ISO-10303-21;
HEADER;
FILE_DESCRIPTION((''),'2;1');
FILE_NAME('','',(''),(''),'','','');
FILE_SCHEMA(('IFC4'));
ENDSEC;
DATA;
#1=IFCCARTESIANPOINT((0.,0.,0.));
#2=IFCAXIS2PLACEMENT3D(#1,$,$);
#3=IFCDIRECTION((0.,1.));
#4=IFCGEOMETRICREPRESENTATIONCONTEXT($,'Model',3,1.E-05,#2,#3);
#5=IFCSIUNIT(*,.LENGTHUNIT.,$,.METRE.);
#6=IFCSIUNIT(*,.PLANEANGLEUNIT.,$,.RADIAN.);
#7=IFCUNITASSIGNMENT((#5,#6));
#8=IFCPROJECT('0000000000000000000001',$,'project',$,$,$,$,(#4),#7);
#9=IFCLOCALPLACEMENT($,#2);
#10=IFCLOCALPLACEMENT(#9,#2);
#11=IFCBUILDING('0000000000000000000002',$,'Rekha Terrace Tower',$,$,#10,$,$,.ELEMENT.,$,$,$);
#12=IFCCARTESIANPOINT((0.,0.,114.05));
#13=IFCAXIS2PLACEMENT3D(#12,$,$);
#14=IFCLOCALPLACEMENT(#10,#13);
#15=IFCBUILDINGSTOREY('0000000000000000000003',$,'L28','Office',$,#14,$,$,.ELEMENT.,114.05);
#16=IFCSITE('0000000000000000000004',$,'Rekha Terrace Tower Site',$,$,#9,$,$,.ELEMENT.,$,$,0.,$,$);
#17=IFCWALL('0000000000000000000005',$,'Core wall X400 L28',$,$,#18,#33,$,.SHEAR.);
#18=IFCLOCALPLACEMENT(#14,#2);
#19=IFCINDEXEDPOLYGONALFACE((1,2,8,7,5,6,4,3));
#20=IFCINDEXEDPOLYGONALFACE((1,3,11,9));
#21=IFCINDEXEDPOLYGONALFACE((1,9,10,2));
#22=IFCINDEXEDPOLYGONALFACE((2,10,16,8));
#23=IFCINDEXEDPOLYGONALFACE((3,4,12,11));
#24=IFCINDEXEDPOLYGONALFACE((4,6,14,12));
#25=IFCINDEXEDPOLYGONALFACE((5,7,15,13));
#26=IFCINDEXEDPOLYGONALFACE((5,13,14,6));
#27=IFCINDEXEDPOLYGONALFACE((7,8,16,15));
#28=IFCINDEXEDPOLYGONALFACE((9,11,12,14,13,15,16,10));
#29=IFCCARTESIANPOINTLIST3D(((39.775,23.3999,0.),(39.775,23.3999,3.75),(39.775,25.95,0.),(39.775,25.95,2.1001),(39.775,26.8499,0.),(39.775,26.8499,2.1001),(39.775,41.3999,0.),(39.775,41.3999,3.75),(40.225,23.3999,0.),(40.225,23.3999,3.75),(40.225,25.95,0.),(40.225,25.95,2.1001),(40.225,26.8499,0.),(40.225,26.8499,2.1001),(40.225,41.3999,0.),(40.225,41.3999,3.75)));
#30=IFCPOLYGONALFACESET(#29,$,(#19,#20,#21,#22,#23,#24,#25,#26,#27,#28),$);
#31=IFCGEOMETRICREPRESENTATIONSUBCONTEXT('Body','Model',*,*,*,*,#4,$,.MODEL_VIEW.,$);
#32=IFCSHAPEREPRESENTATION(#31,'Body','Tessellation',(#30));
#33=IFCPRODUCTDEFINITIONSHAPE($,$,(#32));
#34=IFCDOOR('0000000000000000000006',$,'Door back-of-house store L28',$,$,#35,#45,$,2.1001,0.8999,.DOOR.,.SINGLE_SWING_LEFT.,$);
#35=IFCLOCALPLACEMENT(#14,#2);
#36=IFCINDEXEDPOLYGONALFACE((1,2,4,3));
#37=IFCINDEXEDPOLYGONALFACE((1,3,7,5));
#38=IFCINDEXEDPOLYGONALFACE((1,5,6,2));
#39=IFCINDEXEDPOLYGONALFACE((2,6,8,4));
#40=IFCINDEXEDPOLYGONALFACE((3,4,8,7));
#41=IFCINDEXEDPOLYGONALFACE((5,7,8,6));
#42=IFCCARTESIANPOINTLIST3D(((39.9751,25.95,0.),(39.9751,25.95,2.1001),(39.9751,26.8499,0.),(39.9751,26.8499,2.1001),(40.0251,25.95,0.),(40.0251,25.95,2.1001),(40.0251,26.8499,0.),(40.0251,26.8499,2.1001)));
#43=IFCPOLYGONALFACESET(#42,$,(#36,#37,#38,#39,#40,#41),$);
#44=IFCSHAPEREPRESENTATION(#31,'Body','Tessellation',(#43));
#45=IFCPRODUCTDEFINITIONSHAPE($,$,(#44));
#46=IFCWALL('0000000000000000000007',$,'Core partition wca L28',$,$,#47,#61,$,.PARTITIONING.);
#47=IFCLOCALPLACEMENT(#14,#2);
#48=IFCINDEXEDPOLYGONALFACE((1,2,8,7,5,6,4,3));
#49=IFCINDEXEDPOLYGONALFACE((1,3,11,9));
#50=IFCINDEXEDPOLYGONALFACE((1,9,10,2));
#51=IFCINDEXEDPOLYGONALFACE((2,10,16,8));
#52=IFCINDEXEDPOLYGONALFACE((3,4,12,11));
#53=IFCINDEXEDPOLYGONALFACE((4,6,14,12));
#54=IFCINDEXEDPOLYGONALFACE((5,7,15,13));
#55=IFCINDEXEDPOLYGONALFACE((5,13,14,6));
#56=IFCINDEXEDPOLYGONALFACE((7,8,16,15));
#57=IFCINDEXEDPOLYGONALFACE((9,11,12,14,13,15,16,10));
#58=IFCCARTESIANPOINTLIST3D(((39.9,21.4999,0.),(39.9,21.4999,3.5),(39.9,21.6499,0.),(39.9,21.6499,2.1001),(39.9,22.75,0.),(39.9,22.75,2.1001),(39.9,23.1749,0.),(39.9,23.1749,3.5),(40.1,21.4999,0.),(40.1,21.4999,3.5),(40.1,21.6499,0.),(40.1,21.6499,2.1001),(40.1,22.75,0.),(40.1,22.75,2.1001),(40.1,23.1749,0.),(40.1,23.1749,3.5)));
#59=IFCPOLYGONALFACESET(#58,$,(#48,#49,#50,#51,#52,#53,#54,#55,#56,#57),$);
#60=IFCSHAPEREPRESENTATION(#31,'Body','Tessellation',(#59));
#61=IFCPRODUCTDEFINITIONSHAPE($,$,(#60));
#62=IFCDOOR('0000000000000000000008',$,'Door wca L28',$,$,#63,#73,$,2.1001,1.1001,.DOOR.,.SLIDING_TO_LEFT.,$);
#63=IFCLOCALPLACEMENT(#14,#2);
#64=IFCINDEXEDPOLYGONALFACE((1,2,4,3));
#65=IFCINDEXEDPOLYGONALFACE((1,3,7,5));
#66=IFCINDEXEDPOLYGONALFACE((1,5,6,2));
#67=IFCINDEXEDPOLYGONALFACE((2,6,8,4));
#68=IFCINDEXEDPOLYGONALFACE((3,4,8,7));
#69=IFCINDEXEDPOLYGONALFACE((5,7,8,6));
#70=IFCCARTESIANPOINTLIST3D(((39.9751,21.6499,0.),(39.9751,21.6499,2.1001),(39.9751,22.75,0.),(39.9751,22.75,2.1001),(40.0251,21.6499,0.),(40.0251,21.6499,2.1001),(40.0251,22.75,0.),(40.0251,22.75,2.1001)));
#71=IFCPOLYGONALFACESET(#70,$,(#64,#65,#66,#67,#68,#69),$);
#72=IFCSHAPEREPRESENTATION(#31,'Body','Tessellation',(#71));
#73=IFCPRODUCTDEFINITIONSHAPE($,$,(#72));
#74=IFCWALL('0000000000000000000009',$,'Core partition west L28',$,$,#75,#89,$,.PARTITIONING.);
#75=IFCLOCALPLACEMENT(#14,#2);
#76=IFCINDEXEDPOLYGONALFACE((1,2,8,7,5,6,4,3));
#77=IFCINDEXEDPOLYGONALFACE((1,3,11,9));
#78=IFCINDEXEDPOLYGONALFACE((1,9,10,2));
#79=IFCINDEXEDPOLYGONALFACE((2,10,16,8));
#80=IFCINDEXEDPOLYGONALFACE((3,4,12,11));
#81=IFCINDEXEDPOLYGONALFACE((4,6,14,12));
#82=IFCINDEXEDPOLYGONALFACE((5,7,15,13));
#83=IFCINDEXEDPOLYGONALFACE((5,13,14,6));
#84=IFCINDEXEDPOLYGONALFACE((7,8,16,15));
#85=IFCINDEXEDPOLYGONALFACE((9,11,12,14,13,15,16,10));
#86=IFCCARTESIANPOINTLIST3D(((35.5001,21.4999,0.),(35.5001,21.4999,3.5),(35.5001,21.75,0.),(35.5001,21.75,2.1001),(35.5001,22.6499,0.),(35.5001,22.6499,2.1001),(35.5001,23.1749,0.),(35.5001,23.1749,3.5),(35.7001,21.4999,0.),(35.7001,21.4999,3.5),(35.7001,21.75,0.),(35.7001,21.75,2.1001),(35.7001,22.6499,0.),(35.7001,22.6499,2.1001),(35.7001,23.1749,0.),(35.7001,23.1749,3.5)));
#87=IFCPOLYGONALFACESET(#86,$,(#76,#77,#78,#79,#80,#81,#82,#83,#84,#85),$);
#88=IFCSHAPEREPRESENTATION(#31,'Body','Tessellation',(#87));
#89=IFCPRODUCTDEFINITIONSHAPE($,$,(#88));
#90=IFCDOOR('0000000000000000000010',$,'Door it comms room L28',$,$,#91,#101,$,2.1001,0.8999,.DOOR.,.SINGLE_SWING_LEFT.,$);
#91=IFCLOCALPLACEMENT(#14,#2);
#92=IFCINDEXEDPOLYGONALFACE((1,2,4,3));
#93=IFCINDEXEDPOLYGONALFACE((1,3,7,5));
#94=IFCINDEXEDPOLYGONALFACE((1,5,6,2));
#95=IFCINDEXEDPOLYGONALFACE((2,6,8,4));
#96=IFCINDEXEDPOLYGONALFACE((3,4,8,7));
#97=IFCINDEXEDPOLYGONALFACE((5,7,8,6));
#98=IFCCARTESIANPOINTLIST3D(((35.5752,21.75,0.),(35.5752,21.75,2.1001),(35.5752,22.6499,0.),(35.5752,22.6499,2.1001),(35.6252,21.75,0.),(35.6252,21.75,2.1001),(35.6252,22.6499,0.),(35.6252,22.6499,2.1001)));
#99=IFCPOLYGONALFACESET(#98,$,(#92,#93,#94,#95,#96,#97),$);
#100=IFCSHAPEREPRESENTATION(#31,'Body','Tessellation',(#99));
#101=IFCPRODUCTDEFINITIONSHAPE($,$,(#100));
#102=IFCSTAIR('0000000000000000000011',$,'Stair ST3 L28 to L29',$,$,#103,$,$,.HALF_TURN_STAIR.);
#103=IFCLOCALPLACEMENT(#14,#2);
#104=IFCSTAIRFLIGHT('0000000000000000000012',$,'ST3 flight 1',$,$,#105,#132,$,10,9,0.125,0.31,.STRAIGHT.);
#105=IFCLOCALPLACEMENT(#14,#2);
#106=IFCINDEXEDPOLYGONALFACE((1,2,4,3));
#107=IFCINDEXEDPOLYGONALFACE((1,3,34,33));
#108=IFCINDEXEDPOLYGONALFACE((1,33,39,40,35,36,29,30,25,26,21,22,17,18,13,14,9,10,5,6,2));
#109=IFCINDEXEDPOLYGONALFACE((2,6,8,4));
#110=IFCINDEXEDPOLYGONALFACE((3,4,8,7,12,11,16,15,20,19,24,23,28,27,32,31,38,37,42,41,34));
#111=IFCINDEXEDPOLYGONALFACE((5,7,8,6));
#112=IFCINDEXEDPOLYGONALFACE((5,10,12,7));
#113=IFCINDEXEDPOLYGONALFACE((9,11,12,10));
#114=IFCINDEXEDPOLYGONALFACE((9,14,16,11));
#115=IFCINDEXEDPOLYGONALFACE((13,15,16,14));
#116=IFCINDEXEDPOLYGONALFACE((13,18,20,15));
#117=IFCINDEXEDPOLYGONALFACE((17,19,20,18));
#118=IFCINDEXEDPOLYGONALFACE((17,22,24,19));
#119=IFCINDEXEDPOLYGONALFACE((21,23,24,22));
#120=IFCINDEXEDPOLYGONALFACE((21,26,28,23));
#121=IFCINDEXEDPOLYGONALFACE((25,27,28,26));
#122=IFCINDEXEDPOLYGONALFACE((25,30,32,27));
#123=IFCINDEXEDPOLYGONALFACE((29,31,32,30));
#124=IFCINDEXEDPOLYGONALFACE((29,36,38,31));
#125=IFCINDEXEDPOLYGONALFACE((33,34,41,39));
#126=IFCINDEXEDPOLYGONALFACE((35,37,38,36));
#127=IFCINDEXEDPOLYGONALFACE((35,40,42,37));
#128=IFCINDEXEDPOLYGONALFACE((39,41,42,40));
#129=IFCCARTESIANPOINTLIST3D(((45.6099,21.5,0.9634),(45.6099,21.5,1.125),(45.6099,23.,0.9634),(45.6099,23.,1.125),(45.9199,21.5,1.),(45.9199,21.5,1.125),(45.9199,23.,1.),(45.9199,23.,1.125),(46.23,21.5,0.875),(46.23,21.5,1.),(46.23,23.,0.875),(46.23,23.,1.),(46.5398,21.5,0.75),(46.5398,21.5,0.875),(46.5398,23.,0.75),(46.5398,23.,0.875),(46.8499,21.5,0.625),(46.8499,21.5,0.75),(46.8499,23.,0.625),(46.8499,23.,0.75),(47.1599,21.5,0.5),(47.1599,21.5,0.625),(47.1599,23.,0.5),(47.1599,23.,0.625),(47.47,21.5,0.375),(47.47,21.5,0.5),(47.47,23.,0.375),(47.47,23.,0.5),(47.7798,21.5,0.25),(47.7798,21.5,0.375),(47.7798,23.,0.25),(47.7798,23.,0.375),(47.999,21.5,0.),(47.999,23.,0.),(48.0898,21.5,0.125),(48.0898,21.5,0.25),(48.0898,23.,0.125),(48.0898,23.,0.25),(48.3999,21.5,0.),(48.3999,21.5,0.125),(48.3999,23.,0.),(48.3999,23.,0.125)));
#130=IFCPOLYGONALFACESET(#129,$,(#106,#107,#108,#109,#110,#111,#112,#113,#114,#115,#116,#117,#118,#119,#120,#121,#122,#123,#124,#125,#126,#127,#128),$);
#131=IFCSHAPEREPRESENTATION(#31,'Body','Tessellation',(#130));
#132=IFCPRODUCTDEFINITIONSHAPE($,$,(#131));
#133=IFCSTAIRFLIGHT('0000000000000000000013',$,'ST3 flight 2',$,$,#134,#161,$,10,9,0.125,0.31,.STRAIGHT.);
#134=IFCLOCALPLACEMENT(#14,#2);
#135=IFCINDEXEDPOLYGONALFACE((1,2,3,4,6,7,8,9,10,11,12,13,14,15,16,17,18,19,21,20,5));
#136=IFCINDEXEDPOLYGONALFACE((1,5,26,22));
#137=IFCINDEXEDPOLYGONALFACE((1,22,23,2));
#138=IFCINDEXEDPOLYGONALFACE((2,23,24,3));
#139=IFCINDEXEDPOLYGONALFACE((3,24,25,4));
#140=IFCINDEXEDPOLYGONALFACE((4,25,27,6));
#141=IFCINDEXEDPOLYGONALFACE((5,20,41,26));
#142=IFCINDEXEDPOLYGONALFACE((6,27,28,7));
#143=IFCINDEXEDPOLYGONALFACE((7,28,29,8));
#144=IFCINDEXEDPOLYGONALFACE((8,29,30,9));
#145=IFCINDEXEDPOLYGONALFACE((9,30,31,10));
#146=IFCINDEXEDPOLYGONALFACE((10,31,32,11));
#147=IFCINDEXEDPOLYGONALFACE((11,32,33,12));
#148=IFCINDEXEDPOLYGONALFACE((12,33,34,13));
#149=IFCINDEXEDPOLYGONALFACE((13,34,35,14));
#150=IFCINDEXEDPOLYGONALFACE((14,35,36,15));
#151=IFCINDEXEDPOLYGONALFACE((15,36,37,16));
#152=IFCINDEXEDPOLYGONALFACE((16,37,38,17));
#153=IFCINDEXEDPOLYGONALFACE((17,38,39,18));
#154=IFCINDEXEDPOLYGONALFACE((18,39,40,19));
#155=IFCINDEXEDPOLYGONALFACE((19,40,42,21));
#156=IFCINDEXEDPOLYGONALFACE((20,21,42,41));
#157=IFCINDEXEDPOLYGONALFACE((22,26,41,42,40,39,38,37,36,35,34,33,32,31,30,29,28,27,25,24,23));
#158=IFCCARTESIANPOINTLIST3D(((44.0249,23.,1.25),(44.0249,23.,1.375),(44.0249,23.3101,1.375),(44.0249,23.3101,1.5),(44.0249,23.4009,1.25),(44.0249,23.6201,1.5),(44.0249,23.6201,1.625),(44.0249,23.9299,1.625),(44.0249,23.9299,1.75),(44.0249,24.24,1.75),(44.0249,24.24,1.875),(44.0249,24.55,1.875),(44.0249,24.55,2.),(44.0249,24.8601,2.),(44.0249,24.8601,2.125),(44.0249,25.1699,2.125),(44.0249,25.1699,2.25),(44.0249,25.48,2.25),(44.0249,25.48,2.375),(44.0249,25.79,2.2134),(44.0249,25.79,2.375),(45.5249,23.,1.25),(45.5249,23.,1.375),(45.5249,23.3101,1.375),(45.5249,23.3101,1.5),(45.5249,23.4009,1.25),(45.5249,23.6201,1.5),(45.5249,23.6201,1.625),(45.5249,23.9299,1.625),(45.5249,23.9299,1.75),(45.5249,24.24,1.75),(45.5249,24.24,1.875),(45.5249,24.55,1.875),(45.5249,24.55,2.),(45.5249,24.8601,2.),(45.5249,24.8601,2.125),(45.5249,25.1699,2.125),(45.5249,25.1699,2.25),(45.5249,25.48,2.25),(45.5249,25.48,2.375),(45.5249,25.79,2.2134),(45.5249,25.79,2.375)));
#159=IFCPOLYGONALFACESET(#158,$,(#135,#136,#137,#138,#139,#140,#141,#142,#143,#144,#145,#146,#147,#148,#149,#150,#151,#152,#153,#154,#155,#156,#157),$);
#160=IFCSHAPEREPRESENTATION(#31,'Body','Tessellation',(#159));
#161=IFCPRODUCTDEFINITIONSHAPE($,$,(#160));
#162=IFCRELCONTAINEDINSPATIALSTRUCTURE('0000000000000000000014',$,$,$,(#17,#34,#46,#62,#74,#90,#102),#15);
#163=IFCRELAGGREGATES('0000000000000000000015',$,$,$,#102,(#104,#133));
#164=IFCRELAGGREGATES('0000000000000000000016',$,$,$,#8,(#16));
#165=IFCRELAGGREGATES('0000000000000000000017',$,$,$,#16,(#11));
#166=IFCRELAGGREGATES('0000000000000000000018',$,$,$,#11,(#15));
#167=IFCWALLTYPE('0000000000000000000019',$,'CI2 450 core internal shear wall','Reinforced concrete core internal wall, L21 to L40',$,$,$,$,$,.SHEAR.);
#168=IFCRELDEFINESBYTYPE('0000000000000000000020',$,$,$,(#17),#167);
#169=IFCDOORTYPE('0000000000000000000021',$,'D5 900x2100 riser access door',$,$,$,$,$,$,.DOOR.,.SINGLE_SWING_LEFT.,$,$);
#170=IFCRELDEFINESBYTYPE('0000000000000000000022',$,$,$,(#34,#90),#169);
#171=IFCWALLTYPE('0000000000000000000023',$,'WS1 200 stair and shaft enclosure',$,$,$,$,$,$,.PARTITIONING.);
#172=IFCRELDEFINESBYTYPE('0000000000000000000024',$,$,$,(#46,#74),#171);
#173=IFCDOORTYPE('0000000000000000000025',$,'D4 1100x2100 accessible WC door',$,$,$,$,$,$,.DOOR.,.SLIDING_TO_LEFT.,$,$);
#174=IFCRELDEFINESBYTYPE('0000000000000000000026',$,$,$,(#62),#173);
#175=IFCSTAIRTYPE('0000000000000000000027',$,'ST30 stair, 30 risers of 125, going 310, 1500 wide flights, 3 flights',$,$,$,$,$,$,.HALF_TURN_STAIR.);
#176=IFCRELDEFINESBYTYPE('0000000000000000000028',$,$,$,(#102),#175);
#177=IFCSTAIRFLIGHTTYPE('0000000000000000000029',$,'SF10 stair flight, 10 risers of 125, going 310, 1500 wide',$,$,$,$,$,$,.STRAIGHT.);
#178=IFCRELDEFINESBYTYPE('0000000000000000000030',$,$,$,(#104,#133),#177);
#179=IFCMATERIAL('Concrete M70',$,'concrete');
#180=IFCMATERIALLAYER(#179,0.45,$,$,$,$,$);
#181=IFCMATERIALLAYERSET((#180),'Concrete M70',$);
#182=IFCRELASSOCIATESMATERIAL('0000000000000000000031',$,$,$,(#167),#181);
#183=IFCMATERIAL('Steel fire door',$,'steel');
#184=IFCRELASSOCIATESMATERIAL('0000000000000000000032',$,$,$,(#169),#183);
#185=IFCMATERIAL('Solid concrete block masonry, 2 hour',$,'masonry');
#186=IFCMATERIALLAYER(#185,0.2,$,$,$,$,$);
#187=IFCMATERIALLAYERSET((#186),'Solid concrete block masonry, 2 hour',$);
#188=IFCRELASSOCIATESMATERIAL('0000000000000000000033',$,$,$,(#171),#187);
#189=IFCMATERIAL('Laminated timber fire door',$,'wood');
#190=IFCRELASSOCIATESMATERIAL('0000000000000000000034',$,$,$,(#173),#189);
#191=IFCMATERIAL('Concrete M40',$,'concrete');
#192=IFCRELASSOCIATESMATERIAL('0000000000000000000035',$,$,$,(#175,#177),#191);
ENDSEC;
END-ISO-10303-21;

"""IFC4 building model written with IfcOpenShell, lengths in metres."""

from ifc_helpers import new_model, si_unit, direction, frame, frame_2d, origin, place, context, subcontext, project, spatial, polyline, rectangle, outline, extrude, material, layer, layer_set, type_object, element, fill, aggregate, save


model = new_model("IFC4")

# Units and contexts
model_context = context("Model", 3, precision=1e-05, world=origin(), true_north=direction((0.0, 1.0)))
body_context = subcontext(model_context, "Body", "Model", "MODEL_VIEW")
ifc_project = project(units=[si_unit("LENGTHUNIT", "METRE"), si_unit("PLANEANGLEUNIT", "RADIAN")], contexts=[model_context])

# Site, building, storey
site_placement = place(None, origin())
site = spatial("IfcSite", under=ifc_project, at=site_placement, Name="Rekha Terrace Tower Site", CompositionType="ELEMENT", RefElevation=0.0)
building_placement = place(site_placement, origin())
building = spatial("IfcBuilding", under=site, at=building_placement, Name="Rekha Terrace Tower", CompositionType="ELEMENT")
storey_placement = place(building_placement, frame((0.0, 0.0, 114.05)))
storey = spatial("IfcBuildingStorey", under=building, at=storey_placement, Name="L28", Description="Office", CompositionType="ELEMENT", Elevation=114.05)

# Shared definitions
ifc_material_1 = material(Name="Concrete M70", Category="concrete")
ifc_layer_1 = layer(ifc_material_1, 0.45)
ifc_layer_set_1 = layer_set([ifc_layer_1], Name="Concrete M70")
wall_type_1 = type_object("IfcWallType", Name="CI2 450 core internal shear wall", Description="Reinforced concrete core internal wall, L21 to L40", PredefinedType="SHEAR", material=ifc_layer_set_1)

# Walls, openings, doors
wall_1_placement = place(storey_placement, frame((40.0, 23.3999, 0.0), z_axis=(0.0, 0.0, 1.0), x_axis=(0.0, 1.0, 0.0)))
wall_1 = element("IfcWall", 1, at=wall_1_placement, inside=storey, type_object=wall_type_1, Name="Core wall X400 L28", PredefinedType="SHEAR", context=body_context, shape_type="SweptSolid", body=[
    extrude(rectangle(XDim=18.0, YDim=0.45, at=frame_2d((9.0, 0.0))), origin(), (0.0, 0.0, 1.0), 3.75),
])
opening_1_placement = place(wall_1_placement, frame((2.55, 0.0, 0.0)))
opening_1 = element("IfcOpeningElement", 2, at=opening_1_placement, cuts=wall_1, PredefinedType="OPENING", context=body_context, shape_type="SweptSolid", body=[
    extrude(rectangle(XDim=0.8999, YDim=2.1001, at=frame_2d((0.45, 1.05))), frame((0.0, 0.2349, 0.0), z_axis=(0.0, -1.0, 0.0), x_axis=(1.0, 0.0, 0.0)), (0.0, 0.0, 1.0), 0.47),
])
ifc_material_2 = material(Name="Steel fire door", Category="steel")
door_type_1 = type_object("IfcDoorType", Name="D5 900x2100 riser access door", OperationType="SINGLE_SWING_LEFT", PredefinedType="DOOR", material=ifc_material_2)
door_1_placement = place(opening_1_placement, origin())
door_1 = element("IfcDoor", 3, at=door_1_placement, inside=storey, type_object=door_type_1, Name="Door back-of-house store L28", OperationType="SINGLE_SWING_LEFT", OverallHeight=2.1001, OverallWidth=0.8999, PredefinedType="DOOR", context=body_context, shape_type="SweptSolid", body=[
    extrude(rectangle(XDim=0.8999, YDim=2.1001, at=frame_2d((0.45, 1.05))), frame((0.0, 0.0249, 0.0), z_axis=(0.0, -1.0, 0.0), x_axis=(1.0, 0.0, 0.0)), (0.0, 0.0, 1.0), 0.05),
])
fill(opening_1, door_1)
ifc_material_3 = material(Name="Solid concrete block masonry, 2 hour", Category="masonry")
ifc_layer_2 = layer(ifc_material_3, 0.2)
ifc_layer_set_2 = layer_set([ifc_layer_2], Name="Solid concrete block masonry, 2 hour")
wall_type_2 = type_object("IfcWallType", Name="WS1 200 stair and shaft enclosure", PredefinedType="PARTITIONING", material=ifc_layer_set_2)
wall_2_placement = place(storey_placement, frame((40.0, 21.5, 0.0), z_axis=(0.0, 0.0, 1.0), x_axis=(0.0, 1.0, 0.0)))
wall_2 = element("IfcWall", 4, at=wall_2_placement, inside=storey, type_object=wall_type_2, Name="Core partition wca L28", PredefinedType="PARTITIONING", context=body_context, shape_type="SweptSolid", body=[
    extrude(rectangle(XDim=1.675, YDim=0.2, at=frame_2d((0.8374, 0.0))), origin(), (0.0, 0.0, 1.0), 3.5),
])
opening_2_placement = place(wall_2_placement, frame((0.1499, 0.0, 0.0)))
opening_2 = element("IfcOpeningElement", 5, at=opening_2_placement, cuts=wall_2, PredefinedType="OPENING", context=body_context, shape_type="SweptSolid", body=[
    extrude(rectangle(XDim=1.1001, YDim=2.1001, at=frame_2d((0.55, 1.05))), frame((0.0, 0.1099, 0.0), z_axis=(0.0, -1.0, 0.0), x_axis=(1.0, 0.0, 0.0)), (0.0, 0.0, 1.0), 0.22),
])
ifc_material_4 = material(Name="Laminated timber fire door", Category="wood")
door_type_2 = type_object("IfcDoorType", Name="D4 1100x2100 accessible WC door", OperationType="SLIDING_TO_LEFT", PredefinedType="DOOR", material=ifc_material_4)
door_2_placement = place(opening_2_placement, origin())
door_2 = element("IfcDoor", 6, at=door_2_placement, inside=storey, type_object=door_type_2, Name="Door wca L28", OperationType="SLIDING_TO_LEFT", OverallHeight=2.1001, OverallWidth=1.1001, PredefinedType="DOOR", context=body_context, shape_type="SweptSolid", body=[
    extrude(rectangle(XDim=1.1001, YDim=2.1001, at=frame_2d((0.55, 1.05))), frame((0.0, 0.0249, 0.0), z_axis=(0.0, -1.0, 0.0), x_axis=(1.0, 0.0, 0.0)), (0.0, 0.0, 1.0), 0.05),
])
fill(opening_2, door_2)
wall_3_placement = place(storey_placement, frame((35.6001, 21.5, 0.0), z_axis=(0.0, 0.0, 1.0), x_axis=(0.0, 1.0, 0.0)))
wall_3 = element("IfcWall", 7, at=wall_3_placement, inside=storey, type_object=wall_type_2, Name="Core partition west L28", PredefinedType="PARTITIONING", context=body_context, shape_type="SweptSolid", body=[
    extrude(rectangle(XDim=1.675, YDim=0.2, at=frame_2d((0.8374, 0.0))), origin(), (0.0, 0.0, 1.0), 3.5),
])
opening_3_placement = place(wall_3_placement, frame((0.25, 0.0, 0.0)))
opening_3 = element("IfcOpeningElement", 8, at=opening_3_placement, cuts=wall_3, PredefinedType="OPENING", context=body_context, shape_type="SweptSolid", body=[
    extrude(rectangle(XDim=0.8999, YDim=2.1001, at=frame_2d((0.45, 1.05))), frame((0.0, 0.1099, 0.0), z_axis=(0.0, -1.0, 0.0), x_axis=(1.0, 0.0, 0.0)), (0.0, 0.0, 1.0), 0.22),
])
door_3_placement = place(opening_3_placement, origin())
door_3 = element("IfcDoor", 9, at=door_3_placement, inside=storey, type_object=door_type_1, Name="Door it comms room L28", OperationType="SINGLE_SWING_LEFT", OverallHeight=2.1001, OverallWidth=0.8999, PredefinedType="DOOR", context=body_context, shape_type="SweptSolid", body=[
    extrude(rectangle(XDim=0.8999, YDim=2.1001, at=frame_2d((0.45, 1.05))), frame((0.0, 0.0249, 0.0), z_axis=(0.0, -1.0, 0.0), x_axis=(1.0, 0.0, 0.0)), (0.0, 0.0, 1.0), 0.05),
])
fill(opening_3, door_3)

# Stair, stair flights
ifc_material_5 = material(Name="Concrete M40", Category="concrete")
stair_type = type_object("IfcStairType", Name="ST30 stair, 30 risers of 125, going 310, 1500 wide flights, 3 flights", PredefinedType="HALF_TURN_STAIR", material=ifc_material_5)
stair_placement = place(storey_placement, origin())
stair = element("IfcStair", 10, at=stair_placement, inside=storey, type_object=stair_type, Name="Stair ST3 L28 to L29", PredefinedType="HALF_TURN_STAIR")
stair_flight_type = type_object("IfcStairFlightType", Name="SF10 stair flight, 10 risers of 125, going 310, 1500 wide", PredefinedType="STRAIGHT", material=ifc_material_5)
stair_flight_1_placement = place(storey_placement, frame((48.3999, 22.25, 0.0), z_axis=(0.0, 0.0, 1.0), x_axis=(-1.0, 0.0, 0.0)))
stair_flight_1 = element("IfcStairFlight", 11, at=stair_flight_1_placement, type_object=stair_flight_type, Name="ST3 flight 1", NumberOfRisers=10, NumberOfTreads=9, PredefinedType="STRAIGHT", RiserHeight=0.125, TreadLength=0.31, context=body_context, shape_type="SweptSolid", body=[
    extrude(outline(polyline([(0.0, 0.0), (0.0, 0.125), (0.3101, 0.125), (0.3101, 0.25), (0.6201, 0.25), (0.6201, 0.375), (0.9299, 0.375), (0.9299, 0.5), (1.24, 0.5), (1.24, 0.625), (1.55, 0.625), (1.55, 0.75), (1.8601, 0.75), (1.8601, 0.875), (2.1699, 0.875), (2.1699, 1.0), (2.48, 1.0), (2.48, 1.125), (2.79, 1.125), (2.79, 1.25), (2.79, 0.9634), (0.4009, 0.0), (0.0, 0.0)])), frame((0.0, 0.75, 0.0), z_axis=(0.0, -1.0, 0.0), x_axis=(1.0, 0.0, 0.0)), (0.0, 0.0, 1.0), 1.5),
])
stair_flight_2_placement = place(storey_placement, frame((44.7749, 23.0, 1.25), z_axis=(0.0, 0.0, 1.0), x_axis=(0.0, 1.0, 0.0)))
stair_flight_2 = element("IfcStairFlight", 12, at=stair_flight_2_placement, type_object=stair_flight_type, Name="ST3 flight 2", NumberOfRisers=10, NumberOfTreads=9, PredefinedType="STRAIGHT", RiserHeight=0.125, TreadLength=0.31, context=body_context, shape_type="SweptSolid", body=[
    extrude(outline(polyline([(0.0, 0.0), (0.0, 0.125), (0.3101, 0.125), (0.3101, 0.25), (0.6201, 0.25), (0.6201, 0.375), (0.9299, 0.375), (0.9299, 0.5), (1.24, 0.5), (1.24, 0.625), (1.55, 0.625), (1.55, 0.75), (1.8601, 0.75), (1.8601, 0.875), (2.1699, 0.875), (2.1699, 1.0), (2.48, 1.0), (2.48, 1.125), (2.79, 1.125), (2.79, 1.25), (2.79, 0.9634), (0.4009, 0.0), (0.0, 0.0)])), frame((0.0, 0.75, 0.0), z_axis=(0.0, -1.0, 0.0), x_axis=(1.0, 0.0, 0.0)), (0.0, 0.0, 1.0), 1.5),
])
aggregate(stair, [stair_flight_1, stair_flight_2])

save(model, "model.ifc")
